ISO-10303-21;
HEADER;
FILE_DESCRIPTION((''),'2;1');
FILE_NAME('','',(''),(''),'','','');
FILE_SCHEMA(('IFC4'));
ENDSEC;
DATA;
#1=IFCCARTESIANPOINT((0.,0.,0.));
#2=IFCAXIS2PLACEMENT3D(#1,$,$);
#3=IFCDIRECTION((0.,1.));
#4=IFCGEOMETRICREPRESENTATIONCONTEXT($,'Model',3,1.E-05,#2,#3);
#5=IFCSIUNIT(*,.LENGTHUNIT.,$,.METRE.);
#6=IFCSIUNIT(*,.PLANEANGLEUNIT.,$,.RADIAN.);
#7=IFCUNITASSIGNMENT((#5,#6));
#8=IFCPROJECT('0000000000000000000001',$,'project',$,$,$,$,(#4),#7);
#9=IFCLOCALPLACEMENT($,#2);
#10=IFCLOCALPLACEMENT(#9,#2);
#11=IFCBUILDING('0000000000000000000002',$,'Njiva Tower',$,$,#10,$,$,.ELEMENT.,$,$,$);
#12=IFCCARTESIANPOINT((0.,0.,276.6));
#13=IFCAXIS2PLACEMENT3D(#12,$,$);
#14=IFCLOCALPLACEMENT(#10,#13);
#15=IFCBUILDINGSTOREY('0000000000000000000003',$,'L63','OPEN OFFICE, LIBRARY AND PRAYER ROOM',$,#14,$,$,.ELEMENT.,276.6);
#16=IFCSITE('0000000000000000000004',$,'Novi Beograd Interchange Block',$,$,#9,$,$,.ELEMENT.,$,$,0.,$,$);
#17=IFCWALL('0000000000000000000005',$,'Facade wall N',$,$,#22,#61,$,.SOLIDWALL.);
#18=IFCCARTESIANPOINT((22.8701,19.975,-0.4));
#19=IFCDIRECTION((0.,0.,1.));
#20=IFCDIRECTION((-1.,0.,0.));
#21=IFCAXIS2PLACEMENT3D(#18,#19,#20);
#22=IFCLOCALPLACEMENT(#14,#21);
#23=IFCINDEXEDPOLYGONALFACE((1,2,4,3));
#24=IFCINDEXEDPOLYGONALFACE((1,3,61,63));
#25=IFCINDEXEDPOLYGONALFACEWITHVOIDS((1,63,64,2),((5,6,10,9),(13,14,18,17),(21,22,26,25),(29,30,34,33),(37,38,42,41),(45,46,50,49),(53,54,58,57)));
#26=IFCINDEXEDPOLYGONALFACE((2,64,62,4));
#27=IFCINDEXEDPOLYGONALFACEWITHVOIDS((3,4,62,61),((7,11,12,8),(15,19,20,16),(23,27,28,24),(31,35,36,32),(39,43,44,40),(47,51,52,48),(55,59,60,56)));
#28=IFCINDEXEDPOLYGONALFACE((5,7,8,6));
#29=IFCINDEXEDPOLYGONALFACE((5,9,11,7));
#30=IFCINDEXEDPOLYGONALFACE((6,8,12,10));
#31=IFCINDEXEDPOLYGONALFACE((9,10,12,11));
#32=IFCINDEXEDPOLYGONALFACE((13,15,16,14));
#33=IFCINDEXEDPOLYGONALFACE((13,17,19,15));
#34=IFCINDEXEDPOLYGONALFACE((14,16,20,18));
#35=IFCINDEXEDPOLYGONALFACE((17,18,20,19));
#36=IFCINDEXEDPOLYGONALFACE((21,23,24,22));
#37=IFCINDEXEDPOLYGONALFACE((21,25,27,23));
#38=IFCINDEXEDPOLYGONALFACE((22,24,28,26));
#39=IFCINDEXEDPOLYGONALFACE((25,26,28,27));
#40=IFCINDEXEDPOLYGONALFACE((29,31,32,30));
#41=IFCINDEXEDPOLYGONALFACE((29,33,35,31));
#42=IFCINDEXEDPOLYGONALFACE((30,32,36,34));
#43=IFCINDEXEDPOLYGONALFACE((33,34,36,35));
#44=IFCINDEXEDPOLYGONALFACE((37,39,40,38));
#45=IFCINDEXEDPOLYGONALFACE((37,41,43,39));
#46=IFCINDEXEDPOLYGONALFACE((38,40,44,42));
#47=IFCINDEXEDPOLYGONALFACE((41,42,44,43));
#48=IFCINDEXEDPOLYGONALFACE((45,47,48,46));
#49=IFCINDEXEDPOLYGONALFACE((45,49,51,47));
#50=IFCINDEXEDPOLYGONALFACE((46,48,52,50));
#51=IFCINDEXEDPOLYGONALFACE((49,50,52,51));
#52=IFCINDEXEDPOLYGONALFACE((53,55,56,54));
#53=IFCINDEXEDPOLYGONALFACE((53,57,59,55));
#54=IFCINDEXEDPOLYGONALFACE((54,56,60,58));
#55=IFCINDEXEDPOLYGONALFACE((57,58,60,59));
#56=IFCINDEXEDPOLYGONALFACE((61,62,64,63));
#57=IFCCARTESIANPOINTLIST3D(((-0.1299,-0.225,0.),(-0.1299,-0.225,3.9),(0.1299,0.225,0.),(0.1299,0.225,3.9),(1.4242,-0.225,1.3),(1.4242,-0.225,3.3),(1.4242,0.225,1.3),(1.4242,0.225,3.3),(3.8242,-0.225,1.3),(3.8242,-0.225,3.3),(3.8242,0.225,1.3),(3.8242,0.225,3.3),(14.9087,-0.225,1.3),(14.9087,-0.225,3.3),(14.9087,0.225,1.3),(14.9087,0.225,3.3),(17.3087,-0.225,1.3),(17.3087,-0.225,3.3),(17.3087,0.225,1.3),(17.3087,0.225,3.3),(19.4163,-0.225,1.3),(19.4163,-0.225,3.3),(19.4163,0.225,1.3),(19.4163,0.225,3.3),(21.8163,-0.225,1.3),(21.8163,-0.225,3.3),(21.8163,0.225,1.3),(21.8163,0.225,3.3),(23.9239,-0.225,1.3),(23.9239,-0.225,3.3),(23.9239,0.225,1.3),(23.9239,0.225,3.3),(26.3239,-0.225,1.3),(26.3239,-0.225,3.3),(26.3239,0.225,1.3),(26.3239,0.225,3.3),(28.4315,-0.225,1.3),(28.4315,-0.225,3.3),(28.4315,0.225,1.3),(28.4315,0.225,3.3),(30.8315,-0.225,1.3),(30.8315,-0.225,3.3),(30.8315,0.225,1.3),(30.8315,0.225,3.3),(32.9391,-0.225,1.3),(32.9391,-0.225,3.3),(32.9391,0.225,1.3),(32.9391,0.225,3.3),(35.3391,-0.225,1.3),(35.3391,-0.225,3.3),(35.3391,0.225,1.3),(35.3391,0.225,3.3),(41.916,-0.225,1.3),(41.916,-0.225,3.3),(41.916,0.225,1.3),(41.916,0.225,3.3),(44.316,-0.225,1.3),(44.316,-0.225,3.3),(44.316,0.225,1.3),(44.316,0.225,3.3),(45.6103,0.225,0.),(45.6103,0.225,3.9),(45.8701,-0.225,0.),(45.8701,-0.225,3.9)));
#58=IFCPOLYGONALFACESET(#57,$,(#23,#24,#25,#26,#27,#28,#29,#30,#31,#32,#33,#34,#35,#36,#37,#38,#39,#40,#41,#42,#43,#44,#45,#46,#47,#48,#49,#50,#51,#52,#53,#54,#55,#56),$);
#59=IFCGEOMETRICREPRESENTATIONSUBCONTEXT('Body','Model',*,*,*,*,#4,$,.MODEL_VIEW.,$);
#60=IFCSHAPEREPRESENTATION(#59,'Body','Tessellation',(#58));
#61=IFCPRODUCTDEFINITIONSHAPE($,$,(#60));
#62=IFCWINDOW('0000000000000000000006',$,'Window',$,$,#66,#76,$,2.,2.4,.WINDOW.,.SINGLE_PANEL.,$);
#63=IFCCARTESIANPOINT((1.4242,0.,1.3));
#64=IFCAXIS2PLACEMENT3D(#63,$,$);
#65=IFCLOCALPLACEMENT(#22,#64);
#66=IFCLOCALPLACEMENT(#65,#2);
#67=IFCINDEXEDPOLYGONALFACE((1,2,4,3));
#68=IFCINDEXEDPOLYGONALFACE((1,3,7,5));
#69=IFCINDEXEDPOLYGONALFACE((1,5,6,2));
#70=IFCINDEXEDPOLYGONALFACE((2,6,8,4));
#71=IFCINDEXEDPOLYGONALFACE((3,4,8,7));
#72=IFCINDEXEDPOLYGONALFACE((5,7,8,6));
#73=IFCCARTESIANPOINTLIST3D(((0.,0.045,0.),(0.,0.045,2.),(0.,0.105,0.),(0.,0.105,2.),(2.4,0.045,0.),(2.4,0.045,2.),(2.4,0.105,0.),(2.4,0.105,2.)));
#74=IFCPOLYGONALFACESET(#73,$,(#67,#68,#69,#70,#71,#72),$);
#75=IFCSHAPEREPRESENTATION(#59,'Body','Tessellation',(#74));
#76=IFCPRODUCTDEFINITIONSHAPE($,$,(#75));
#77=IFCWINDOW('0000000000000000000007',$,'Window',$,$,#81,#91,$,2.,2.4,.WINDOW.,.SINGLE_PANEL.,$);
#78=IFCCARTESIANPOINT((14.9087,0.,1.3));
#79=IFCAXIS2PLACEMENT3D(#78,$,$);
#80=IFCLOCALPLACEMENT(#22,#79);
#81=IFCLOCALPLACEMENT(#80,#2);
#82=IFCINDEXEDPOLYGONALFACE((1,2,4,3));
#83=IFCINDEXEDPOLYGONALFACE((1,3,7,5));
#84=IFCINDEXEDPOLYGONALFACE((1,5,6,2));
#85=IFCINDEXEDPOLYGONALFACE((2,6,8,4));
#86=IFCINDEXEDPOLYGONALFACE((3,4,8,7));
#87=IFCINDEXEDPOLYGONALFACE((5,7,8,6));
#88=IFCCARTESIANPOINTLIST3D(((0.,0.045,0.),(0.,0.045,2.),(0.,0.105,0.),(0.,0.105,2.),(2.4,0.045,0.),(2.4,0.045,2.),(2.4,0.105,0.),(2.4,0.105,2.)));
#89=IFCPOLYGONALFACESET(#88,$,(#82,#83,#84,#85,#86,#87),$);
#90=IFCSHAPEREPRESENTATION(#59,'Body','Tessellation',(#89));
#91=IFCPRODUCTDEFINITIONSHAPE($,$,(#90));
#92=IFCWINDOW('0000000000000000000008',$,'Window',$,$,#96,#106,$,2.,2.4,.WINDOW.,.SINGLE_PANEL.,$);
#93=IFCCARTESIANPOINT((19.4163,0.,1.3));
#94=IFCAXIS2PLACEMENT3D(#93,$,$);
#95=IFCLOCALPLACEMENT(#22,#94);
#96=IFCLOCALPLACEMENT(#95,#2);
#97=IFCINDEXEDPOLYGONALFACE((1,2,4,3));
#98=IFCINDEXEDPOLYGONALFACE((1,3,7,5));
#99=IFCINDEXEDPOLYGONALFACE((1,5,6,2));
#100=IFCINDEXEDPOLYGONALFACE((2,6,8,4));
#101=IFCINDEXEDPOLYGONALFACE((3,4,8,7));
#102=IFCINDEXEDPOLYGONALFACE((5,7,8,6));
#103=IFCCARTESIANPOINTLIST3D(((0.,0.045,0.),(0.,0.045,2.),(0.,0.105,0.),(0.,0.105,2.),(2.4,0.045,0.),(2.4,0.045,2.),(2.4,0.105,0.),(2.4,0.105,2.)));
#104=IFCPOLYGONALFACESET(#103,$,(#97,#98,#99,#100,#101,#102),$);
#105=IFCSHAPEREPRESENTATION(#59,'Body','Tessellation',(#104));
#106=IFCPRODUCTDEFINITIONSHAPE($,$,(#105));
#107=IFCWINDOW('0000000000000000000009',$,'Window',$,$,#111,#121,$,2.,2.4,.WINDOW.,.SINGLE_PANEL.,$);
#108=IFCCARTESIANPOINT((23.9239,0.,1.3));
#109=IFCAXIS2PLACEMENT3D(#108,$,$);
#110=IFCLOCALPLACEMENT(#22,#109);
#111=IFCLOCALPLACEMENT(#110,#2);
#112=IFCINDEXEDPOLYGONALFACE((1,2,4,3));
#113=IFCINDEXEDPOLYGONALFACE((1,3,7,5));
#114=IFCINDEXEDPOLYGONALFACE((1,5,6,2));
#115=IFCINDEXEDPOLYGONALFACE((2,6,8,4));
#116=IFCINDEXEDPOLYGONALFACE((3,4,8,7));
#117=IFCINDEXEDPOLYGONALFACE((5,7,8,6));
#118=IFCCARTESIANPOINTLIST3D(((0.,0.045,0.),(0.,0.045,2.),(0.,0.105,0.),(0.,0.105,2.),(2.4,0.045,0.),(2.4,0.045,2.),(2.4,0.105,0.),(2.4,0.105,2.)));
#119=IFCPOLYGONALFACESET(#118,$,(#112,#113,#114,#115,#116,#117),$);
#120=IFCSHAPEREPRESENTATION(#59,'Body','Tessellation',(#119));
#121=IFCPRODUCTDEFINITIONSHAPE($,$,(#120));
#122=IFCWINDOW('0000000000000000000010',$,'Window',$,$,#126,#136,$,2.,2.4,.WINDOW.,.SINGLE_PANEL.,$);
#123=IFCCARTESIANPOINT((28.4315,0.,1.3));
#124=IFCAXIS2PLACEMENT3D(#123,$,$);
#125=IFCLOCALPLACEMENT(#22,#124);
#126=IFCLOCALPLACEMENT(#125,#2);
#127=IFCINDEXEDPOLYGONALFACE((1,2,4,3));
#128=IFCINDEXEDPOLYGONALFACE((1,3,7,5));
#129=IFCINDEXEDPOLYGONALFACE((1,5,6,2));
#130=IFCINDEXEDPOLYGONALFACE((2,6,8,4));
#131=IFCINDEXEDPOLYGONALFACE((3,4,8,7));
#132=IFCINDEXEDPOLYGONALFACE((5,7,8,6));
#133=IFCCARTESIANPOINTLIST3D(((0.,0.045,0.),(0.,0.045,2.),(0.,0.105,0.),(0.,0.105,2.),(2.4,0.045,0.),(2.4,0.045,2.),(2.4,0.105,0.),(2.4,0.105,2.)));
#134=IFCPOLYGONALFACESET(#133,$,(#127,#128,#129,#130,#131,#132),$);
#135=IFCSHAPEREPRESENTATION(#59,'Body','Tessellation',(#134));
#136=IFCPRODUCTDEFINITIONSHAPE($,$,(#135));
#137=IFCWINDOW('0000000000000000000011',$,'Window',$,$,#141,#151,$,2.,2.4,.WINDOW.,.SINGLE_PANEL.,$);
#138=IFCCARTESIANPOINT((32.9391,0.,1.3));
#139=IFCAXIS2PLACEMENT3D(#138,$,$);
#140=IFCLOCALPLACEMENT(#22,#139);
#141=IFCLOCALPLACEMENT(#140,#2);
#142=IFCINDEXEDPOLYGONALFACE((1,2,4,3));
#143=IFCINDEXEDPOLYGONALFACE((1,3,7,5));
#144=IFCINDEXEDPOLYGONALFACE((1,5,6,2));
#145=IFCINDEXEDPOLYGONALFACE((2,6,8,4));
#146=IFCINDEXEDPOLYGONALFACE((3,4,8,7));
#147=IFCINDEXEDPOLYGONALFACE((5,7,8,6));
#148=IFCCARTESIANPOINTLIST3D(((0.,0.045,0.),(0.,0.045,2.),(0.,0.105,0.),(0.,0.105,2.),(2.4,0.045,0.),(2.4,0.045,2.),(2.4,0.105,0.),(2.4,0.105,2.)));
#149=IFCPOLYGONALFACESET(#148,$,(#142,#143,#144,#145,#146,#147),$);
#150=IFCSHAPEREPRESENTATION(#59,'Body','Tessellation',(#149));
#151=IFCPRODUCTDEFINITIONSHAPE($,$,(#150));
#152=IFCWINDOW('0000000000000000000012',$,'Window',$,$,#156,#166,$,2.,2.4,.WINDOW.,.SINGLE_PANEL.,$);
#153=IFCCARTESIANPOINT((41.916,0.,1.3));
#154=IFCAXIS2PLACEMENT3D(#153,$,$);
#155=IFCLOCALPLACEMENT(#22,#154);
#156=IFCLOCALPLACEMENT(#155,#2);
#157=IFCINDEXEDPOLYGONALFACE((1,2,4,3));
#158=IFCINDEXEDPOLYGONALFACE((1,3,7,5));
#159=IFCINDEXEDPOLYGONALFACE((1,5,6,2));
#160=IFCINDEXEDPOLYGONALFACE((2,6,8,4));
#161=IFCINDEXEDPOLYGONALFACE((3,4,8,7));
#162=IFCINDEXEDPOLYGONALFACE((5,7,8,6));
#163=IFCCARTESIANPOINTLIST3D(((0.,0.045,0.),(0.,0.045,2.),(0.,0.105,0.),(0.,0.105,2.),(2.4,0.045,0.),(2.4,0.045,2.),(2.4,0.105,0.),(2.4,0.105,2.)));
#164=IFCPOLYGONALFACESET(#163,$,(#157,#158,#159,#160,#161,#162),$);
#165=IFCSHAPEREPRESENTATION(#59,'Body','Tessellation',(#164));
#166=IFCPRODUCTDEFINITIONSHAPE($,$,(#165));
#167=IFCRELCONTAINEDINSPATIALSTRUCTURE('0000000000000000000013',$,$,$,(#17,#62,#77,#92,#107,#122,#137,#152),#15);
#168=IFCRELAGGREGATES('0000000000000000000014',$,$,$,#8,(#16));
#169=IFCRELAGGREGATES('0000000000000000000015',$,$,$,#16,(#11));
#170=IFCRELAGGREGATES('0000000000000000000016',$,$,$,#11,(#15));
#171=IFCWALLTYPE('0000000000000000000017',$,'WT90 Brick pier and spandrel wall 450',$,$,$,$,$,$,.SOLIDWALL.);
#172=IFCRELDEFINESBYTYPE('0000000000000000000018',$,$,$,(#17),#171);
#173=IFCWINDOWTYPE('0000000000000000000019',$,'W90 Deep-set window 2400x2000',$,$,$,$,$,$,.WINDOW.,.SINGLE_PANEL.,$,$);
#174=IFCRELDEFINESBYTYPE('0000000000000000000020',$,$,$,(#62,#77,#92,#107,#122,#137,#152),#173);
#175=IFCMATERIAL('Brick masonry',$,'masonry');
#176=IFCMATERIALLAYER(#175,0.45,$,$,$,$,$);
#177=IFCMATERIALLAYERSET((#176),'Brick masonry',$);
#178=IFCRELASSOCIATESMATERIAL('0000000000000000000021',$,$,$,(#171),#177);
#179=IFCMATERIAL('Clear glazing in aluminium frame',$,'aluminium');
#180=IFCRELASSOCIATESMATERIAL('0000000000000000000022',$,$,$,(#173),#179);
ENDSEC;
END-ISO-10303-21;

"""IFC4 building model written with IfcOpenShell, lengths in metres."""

from ifc_helpers import new_model, si_unit, direction, frame, frame_2d, origin, place, context, subcontext, project, spatial, polyline, rectangle, outline, extrude, material, layer, layer_set, type_object, element, fill, save


model = new_model("IFC4")

# Units and contexts
model_context = context("Model", 3, precision=1e-05, world=origin(), true_north=direction((0.0, 1.0)))
body_context = subcontext(model_context, "Body", "Model", "MODEL_VIEW")
ifc_project = project(units=[si_unit("LENGTHUNIT", "METRE"), si_unit("PLANEANGLEUNIT", "RADIAN")], contexts=[model_context])

# Site, building, storey
site_placement = place(None, origin())
site = spatial("IfcSite", under=ifc_project, at=site_placement, Name="Novi Beograd Interchange Block", CompositionType="ELEMENT", RefElevation=0.0)
building_placement = place(site_placement, origin())
building = spatial("IfcBuilding", under=site, at=building_placement, Name="Njiva Tower", CompositionType="ELEMENT")
storey_placement = place(building_placement, frame((0.0, 0.0, 276.6)))
storey = spatial("IfcBuildingStorey", under=building, at=storey_placement, Name="L63", Description="OPEN OFFICE, LIBRARY AND PRAYER ROOM", CompositionType="ELEMENT", Elevation=276.6)

# Wall, openings, windows
ifc_material_1 = material(Name="Brick masonry", Category="masonry")
ifc_layer_1 = layer(ifc_material_1, 0.45)
ifc_layer_set_1 = layer_set([ifc_layer_1], Name="Brick masonry")
wall_type_1 = type_object("IfcWallType", Name="WT90 Brick pier and spandrel wall 450", PredefinedType="SOLIDWALL", material=ifc_layer_set_1)
wall_1_placement = place(storey_placement, frame((22.8701, 19.975, -0.4), z_axis=(0.0, 0.0, 1.0), x_axis=(-1.0, 0.0, 0.0)))
wall_1 = element("IfcWall", 1, at=wall_1_placement, inside=storey, type_object=wall_type_1, Name="Facade wall N", PredefinedType="SOLIDWALL", context=body_context, shape_type="SweptSolid", body=[
    extrude(outline(polyline([(-0.1299, -0.225), (45.8701, -0.225), (45.6103, 0.225), (0.1299, 0.225), (-0.1299, -0.225)])), origin(), (0.0, 0.0, 1.0), 3.9),
])
opening_1_placement = place(wall_1_placement, frame((1.4242, 0.0, 1.3)))
opening_1 = element("IfcOpeningElement", 2, at=opening_1_placement, cuts=wall_1, PredefinedType="OPENING", context=body_context, shape_type="SweptSolid", body=[
    extrude(rectangle(XDim=2.4, YDim=2.0, at=frame_2d((1.2, 1.0))), frame((0.0, 0.235, 0.0), z_axis=(0.0, -1.0, 0.0), x_axis=(1.0, 0.0, 0.0)), (0.0, 0.0, 1.0), 0.47),
])
opening_2_placement = place(wall_1_placement, frame((14.9087, 0.0, 1.3)))
opening_2 = element("IfcOpeningElement", 3, at=opening_2_placement, cuts=wall_1, PredefinedType="OPENING", context=body_context, shape_type="SweptSolid", body=[
    extrude(rectangle(XDim=2.4, YDim=2.0, at=frame_2d((1.2, 1.0))), frame((0.0, 0.235, 0.0), z_axis=(0.0, -1.0, 0.0), x_axis=(1.0, 0.0, 0.0)), (0.0, 0.0, 1.0), 0.47),
])
opening_3_placement = place(wall_1_placement, frame((19.4163, 0.0, 1.3)))
opening_3 = element("IfcOpeningElement", 4, at=opening_3_placement, cuts=wall_1, PredefinedType="OPENING", context=body_context, shape_type="SweptSolid", body=[
    extrude(rectangle(XDim=2.4, YDim=2.0, at=frame_2d((1.2, 1.0))), frame((0.0, 0.235, 0.0), z_axis=(0.0, -1.0, 0.0), x_axis=(1.0, 0.0, 0.0)), (0.0, 0.0, 1.0), 0.47),
])
opening_4_placement = place(wall_1_placement, frame((23.9239, 0.0, 1.3)))
opening_4 = element("IfcOpeningElement", 5, at=opening_4_placement, cuts=wall_1, PredefinedType="OPENING", context=body_context, shape_type="SweptSolid", body=[
    extrude(rectangle(XDim=2.4, YDim=2.0, at=frame_2d((1.2, 1.0))), frame((0.0, 0.235, 0.0), z_axis=(0.0, -1.0, 0.0), x_axis=(1.0, 0.0, 0.0)), (0.0, 0.0, 1.0), 0.47),
])
opening_5_placement = place(wall_1_placement, frame((28.4315, 0.0, 1.3)))
opening_5 = element("IfcOpeningElement", 6, at=opening_5_placement, cuts=wall_1, PredefinedType="OPENING", context=body_context, shape_type="SweptSolid", body=[
    extrude(rectangle(XDim=2.4, YDim=2.0, at=frame_2d((1.2, 1.0))), frame((0.0, 0.235, 0.0), z_axis=(0.0, -1.0, 0.0), x_axis=(1.0, 0.0, 0.0)), (0.0, 0.0, 1.0), 0.47),
])
opening_6_placement = place(wall_1_placement, frame((32.9391, 0.0, 1.3)))
opening_6 = element("IfcOpeningElement", 7, at=opening_6_placement, cuts=wall_1, PredefinedType="OPENING", context=body_context, shape_type="SweptSolid", body=[
    extrude(rectangle(XDim=2.4, YDim=2.0, at=frame_2d((1.2, 1.0))), frame((0.0, 0.235, 0.0), z_axis=(0.0, -1.0, 0.0), x_axis=(1.0, 0.0, 0.0)), (0.0, 0.0, 1.0), 0.47),
])
opening_7_placement = place(wall_1_placement, frame((41.916, 0.0, 1.3)))
opening_7 = element("IfcOpeningElement", 8, at=opening_7_placement, cuts=wall_1, PredefinedType="OPENING", context=body_context, shape_type="SweptSolid", body=[
    extrude(rectangle(XDim=2.4, YDim=2.0, at=frame_2d((1.2, 1.0))), frame((0.0, 0.235, 0.0), z_axis=(0.0, -1.0, 0.0), x_axis=(1.0, 0.0, 0.0)), (0.0, 0.0, 1.0), 0.47),
])
ifc_material_2 = material(Name="Clear glazing in aluminium frame", Category="aluminium")
window_type_1 = type_object("IfcWindowType", Name="W90 Deep-set window 2400x2000", PartitioningType="SINGLE_PANEL", PredefinedType="WINDOW", material=ifc_material_2)
window_1_placement = place(opening_1_placement, origin())
window_1 = element("IfcWindow", 9, at=window_1_placement, inside=storey, type_object=window_type_1, Name="Window", OverallHeight=2.0, OverallWidth=2.4, PartitioningType="SINGLE_PANEL", PredefinedType="WINDOW", context=body_context, shape_type="SweptSolid", body=[
    extrude(rectangle(XDim=2.4, YDim=2.0, at=frame_2d((1.2, 1.0))), frame((0.0, 0.105, 0.0), z_axis=(0.0, -1.0, 0.0), x_axis=(1.0, 0.0, 0.0)), (0.0, 0.0, 1.0), 0.06),
])
fill(opening_1, window_1)
window_2_placement = place(opening_2_placement, origin())
window_2 = element("IfcWindow", 10, at=window_2_placement, inside=storey, type_object=window_type_1, Name="Window", OverallHeight=2.0, OverallWidth=2.4, PartitioningType="SINGLE_PANEL", PredefinedType="WINDOW", context=body_context, shape_type="SweptSolid", body=[
    extrude(rectangle(XDim=2.4, YDim=2.0, at=frame_2d((1.2, 1.0))), frame((0.0, 0.105, 0.0), z_axis=(0.0, -1.0, 0.0), x_axis=(1.0, 0.0, 0.0)), (0.0, 0.0, 1.0), 0.06),
])
fill(opening_2, window_2)
window_3_placement = place(opening_3_placement, origin())
window_3 = element("IfcWindow", 11, at=window_3_placement, inside=storey, type_object=window_type_1, Name="Window", OverallHeight=2.0, OverallWidth=2.4, PartitioningType="SINGLE_PANEL", PredefinedType="WINDOW", context=body_context, shape_type="SweptSolid", body=[
    extrude(rectangle(XDim=2.4, YDim=2.0, at=frame_2d((1.2, 1.0))), frame((0.0, 0.105, 0.0), z_axis=(0.0, -1.0, 0.0), x_axis=(1.0, 0.0, 0.0)), (0.0, 0.0, 1.0), 0.06),
])
fill(opening_3, window_3)
window_4_placement = place(opening_4_placement, origin())
window_4 = element("IfcWindow", 12, at=window_4_placement, inside=storey, type_object=window_type_1, Name="Window", OverallHeight=2.0, OverallWidth=2.4, PartitioningType="SINGLE_PANEL", PredefinedType="WINDOW", context=body_context, shape_type="SweptSolid", body=[
    extrude(rectangle(XDim=2.4, YDim=2.0, at=frame_2d((1.2, 1.0))), frame((0.0, 0.105, 0.0), z_axis=(0.0, -1.0, 0.0), x_axis=(1.0, 0.0, 0.0)), (0.0, 0.0, 1.0), 0.06),
])
fill(opening_4, window_4)
window_5_placement = place(opening_5_placement, origin())
window_5 = element("IfcWindow", 13, at=window_5_placement, inside=storey, type_object=window_type_1, Name="Window", OverallHeight=2.0, OverallWidth=2.4, PartitioningType="SINGLE_PANEL", PredefinedType="WINDOW", context=body_context, shape_type="SweptSolid", body=[
    extrude(rectangle(XDim=2.4, YDim=2.0, at=frame_2d((1.2, 1.0))), frame((0.0, 0.105, 0.0), z_axis=(0.0, -1.0, 0.0), x_axis=(1.0, 0.0, 0.0)), (0.0, 0.0, 1.0), 0.06),
])
fill(opening_5, window_5)
window_6_placement = place(opening_6_placement, origin())
window_6 = element("IfcWindow", 14, at=window_6_placement, inside=storey, type_object=window_type_1, Name="Window", OverallHeight=2.0, OverallWidth=2.4, PartitioningType="SINGLE_PANEL", PredefinedType="WINDOW", context=body_context, shape_type="SweptSolid", body=[
    extrude(rectangle(XDim=2.4, YDim=2.0, at=frame_2d((1.2, 1.0))), frame((0.0, 0.105, 0.0), z_axis=(0.0, -1.0, 0.0), x_axis=(1.0, 0.0, 0.0)), (0.0, 0.0, 1.0), 0.06),
])
fill(opening_6, window_6)
window_7_placement = place(opening_7_placement, origin())
window_7 = element("IfcWindow", 15, at=window_7_placement, inside=storey, type_object=window_type_1, Name="Window", OverallHeight=2.0, OverallWidth=2.4, PartitioningType="SINGLE_PANEL", PredefinedType="WINDOW", context=body_context, shape_type="SweptSolid", body=[
    extrude(rectangle(XDim=2.4, YDim=2.0, at=frame_2d((1.2, 1.0))), frame((0.0, 0.105, 0.0), z_axis=(0.0, -1.0, 0.0), x_axis=(1.0, 0.0, 0.0)), (0.0, 0.0, 1.0), 0.06),
])
fill(opening_7, window_7)

save(model, "model.ifc")
